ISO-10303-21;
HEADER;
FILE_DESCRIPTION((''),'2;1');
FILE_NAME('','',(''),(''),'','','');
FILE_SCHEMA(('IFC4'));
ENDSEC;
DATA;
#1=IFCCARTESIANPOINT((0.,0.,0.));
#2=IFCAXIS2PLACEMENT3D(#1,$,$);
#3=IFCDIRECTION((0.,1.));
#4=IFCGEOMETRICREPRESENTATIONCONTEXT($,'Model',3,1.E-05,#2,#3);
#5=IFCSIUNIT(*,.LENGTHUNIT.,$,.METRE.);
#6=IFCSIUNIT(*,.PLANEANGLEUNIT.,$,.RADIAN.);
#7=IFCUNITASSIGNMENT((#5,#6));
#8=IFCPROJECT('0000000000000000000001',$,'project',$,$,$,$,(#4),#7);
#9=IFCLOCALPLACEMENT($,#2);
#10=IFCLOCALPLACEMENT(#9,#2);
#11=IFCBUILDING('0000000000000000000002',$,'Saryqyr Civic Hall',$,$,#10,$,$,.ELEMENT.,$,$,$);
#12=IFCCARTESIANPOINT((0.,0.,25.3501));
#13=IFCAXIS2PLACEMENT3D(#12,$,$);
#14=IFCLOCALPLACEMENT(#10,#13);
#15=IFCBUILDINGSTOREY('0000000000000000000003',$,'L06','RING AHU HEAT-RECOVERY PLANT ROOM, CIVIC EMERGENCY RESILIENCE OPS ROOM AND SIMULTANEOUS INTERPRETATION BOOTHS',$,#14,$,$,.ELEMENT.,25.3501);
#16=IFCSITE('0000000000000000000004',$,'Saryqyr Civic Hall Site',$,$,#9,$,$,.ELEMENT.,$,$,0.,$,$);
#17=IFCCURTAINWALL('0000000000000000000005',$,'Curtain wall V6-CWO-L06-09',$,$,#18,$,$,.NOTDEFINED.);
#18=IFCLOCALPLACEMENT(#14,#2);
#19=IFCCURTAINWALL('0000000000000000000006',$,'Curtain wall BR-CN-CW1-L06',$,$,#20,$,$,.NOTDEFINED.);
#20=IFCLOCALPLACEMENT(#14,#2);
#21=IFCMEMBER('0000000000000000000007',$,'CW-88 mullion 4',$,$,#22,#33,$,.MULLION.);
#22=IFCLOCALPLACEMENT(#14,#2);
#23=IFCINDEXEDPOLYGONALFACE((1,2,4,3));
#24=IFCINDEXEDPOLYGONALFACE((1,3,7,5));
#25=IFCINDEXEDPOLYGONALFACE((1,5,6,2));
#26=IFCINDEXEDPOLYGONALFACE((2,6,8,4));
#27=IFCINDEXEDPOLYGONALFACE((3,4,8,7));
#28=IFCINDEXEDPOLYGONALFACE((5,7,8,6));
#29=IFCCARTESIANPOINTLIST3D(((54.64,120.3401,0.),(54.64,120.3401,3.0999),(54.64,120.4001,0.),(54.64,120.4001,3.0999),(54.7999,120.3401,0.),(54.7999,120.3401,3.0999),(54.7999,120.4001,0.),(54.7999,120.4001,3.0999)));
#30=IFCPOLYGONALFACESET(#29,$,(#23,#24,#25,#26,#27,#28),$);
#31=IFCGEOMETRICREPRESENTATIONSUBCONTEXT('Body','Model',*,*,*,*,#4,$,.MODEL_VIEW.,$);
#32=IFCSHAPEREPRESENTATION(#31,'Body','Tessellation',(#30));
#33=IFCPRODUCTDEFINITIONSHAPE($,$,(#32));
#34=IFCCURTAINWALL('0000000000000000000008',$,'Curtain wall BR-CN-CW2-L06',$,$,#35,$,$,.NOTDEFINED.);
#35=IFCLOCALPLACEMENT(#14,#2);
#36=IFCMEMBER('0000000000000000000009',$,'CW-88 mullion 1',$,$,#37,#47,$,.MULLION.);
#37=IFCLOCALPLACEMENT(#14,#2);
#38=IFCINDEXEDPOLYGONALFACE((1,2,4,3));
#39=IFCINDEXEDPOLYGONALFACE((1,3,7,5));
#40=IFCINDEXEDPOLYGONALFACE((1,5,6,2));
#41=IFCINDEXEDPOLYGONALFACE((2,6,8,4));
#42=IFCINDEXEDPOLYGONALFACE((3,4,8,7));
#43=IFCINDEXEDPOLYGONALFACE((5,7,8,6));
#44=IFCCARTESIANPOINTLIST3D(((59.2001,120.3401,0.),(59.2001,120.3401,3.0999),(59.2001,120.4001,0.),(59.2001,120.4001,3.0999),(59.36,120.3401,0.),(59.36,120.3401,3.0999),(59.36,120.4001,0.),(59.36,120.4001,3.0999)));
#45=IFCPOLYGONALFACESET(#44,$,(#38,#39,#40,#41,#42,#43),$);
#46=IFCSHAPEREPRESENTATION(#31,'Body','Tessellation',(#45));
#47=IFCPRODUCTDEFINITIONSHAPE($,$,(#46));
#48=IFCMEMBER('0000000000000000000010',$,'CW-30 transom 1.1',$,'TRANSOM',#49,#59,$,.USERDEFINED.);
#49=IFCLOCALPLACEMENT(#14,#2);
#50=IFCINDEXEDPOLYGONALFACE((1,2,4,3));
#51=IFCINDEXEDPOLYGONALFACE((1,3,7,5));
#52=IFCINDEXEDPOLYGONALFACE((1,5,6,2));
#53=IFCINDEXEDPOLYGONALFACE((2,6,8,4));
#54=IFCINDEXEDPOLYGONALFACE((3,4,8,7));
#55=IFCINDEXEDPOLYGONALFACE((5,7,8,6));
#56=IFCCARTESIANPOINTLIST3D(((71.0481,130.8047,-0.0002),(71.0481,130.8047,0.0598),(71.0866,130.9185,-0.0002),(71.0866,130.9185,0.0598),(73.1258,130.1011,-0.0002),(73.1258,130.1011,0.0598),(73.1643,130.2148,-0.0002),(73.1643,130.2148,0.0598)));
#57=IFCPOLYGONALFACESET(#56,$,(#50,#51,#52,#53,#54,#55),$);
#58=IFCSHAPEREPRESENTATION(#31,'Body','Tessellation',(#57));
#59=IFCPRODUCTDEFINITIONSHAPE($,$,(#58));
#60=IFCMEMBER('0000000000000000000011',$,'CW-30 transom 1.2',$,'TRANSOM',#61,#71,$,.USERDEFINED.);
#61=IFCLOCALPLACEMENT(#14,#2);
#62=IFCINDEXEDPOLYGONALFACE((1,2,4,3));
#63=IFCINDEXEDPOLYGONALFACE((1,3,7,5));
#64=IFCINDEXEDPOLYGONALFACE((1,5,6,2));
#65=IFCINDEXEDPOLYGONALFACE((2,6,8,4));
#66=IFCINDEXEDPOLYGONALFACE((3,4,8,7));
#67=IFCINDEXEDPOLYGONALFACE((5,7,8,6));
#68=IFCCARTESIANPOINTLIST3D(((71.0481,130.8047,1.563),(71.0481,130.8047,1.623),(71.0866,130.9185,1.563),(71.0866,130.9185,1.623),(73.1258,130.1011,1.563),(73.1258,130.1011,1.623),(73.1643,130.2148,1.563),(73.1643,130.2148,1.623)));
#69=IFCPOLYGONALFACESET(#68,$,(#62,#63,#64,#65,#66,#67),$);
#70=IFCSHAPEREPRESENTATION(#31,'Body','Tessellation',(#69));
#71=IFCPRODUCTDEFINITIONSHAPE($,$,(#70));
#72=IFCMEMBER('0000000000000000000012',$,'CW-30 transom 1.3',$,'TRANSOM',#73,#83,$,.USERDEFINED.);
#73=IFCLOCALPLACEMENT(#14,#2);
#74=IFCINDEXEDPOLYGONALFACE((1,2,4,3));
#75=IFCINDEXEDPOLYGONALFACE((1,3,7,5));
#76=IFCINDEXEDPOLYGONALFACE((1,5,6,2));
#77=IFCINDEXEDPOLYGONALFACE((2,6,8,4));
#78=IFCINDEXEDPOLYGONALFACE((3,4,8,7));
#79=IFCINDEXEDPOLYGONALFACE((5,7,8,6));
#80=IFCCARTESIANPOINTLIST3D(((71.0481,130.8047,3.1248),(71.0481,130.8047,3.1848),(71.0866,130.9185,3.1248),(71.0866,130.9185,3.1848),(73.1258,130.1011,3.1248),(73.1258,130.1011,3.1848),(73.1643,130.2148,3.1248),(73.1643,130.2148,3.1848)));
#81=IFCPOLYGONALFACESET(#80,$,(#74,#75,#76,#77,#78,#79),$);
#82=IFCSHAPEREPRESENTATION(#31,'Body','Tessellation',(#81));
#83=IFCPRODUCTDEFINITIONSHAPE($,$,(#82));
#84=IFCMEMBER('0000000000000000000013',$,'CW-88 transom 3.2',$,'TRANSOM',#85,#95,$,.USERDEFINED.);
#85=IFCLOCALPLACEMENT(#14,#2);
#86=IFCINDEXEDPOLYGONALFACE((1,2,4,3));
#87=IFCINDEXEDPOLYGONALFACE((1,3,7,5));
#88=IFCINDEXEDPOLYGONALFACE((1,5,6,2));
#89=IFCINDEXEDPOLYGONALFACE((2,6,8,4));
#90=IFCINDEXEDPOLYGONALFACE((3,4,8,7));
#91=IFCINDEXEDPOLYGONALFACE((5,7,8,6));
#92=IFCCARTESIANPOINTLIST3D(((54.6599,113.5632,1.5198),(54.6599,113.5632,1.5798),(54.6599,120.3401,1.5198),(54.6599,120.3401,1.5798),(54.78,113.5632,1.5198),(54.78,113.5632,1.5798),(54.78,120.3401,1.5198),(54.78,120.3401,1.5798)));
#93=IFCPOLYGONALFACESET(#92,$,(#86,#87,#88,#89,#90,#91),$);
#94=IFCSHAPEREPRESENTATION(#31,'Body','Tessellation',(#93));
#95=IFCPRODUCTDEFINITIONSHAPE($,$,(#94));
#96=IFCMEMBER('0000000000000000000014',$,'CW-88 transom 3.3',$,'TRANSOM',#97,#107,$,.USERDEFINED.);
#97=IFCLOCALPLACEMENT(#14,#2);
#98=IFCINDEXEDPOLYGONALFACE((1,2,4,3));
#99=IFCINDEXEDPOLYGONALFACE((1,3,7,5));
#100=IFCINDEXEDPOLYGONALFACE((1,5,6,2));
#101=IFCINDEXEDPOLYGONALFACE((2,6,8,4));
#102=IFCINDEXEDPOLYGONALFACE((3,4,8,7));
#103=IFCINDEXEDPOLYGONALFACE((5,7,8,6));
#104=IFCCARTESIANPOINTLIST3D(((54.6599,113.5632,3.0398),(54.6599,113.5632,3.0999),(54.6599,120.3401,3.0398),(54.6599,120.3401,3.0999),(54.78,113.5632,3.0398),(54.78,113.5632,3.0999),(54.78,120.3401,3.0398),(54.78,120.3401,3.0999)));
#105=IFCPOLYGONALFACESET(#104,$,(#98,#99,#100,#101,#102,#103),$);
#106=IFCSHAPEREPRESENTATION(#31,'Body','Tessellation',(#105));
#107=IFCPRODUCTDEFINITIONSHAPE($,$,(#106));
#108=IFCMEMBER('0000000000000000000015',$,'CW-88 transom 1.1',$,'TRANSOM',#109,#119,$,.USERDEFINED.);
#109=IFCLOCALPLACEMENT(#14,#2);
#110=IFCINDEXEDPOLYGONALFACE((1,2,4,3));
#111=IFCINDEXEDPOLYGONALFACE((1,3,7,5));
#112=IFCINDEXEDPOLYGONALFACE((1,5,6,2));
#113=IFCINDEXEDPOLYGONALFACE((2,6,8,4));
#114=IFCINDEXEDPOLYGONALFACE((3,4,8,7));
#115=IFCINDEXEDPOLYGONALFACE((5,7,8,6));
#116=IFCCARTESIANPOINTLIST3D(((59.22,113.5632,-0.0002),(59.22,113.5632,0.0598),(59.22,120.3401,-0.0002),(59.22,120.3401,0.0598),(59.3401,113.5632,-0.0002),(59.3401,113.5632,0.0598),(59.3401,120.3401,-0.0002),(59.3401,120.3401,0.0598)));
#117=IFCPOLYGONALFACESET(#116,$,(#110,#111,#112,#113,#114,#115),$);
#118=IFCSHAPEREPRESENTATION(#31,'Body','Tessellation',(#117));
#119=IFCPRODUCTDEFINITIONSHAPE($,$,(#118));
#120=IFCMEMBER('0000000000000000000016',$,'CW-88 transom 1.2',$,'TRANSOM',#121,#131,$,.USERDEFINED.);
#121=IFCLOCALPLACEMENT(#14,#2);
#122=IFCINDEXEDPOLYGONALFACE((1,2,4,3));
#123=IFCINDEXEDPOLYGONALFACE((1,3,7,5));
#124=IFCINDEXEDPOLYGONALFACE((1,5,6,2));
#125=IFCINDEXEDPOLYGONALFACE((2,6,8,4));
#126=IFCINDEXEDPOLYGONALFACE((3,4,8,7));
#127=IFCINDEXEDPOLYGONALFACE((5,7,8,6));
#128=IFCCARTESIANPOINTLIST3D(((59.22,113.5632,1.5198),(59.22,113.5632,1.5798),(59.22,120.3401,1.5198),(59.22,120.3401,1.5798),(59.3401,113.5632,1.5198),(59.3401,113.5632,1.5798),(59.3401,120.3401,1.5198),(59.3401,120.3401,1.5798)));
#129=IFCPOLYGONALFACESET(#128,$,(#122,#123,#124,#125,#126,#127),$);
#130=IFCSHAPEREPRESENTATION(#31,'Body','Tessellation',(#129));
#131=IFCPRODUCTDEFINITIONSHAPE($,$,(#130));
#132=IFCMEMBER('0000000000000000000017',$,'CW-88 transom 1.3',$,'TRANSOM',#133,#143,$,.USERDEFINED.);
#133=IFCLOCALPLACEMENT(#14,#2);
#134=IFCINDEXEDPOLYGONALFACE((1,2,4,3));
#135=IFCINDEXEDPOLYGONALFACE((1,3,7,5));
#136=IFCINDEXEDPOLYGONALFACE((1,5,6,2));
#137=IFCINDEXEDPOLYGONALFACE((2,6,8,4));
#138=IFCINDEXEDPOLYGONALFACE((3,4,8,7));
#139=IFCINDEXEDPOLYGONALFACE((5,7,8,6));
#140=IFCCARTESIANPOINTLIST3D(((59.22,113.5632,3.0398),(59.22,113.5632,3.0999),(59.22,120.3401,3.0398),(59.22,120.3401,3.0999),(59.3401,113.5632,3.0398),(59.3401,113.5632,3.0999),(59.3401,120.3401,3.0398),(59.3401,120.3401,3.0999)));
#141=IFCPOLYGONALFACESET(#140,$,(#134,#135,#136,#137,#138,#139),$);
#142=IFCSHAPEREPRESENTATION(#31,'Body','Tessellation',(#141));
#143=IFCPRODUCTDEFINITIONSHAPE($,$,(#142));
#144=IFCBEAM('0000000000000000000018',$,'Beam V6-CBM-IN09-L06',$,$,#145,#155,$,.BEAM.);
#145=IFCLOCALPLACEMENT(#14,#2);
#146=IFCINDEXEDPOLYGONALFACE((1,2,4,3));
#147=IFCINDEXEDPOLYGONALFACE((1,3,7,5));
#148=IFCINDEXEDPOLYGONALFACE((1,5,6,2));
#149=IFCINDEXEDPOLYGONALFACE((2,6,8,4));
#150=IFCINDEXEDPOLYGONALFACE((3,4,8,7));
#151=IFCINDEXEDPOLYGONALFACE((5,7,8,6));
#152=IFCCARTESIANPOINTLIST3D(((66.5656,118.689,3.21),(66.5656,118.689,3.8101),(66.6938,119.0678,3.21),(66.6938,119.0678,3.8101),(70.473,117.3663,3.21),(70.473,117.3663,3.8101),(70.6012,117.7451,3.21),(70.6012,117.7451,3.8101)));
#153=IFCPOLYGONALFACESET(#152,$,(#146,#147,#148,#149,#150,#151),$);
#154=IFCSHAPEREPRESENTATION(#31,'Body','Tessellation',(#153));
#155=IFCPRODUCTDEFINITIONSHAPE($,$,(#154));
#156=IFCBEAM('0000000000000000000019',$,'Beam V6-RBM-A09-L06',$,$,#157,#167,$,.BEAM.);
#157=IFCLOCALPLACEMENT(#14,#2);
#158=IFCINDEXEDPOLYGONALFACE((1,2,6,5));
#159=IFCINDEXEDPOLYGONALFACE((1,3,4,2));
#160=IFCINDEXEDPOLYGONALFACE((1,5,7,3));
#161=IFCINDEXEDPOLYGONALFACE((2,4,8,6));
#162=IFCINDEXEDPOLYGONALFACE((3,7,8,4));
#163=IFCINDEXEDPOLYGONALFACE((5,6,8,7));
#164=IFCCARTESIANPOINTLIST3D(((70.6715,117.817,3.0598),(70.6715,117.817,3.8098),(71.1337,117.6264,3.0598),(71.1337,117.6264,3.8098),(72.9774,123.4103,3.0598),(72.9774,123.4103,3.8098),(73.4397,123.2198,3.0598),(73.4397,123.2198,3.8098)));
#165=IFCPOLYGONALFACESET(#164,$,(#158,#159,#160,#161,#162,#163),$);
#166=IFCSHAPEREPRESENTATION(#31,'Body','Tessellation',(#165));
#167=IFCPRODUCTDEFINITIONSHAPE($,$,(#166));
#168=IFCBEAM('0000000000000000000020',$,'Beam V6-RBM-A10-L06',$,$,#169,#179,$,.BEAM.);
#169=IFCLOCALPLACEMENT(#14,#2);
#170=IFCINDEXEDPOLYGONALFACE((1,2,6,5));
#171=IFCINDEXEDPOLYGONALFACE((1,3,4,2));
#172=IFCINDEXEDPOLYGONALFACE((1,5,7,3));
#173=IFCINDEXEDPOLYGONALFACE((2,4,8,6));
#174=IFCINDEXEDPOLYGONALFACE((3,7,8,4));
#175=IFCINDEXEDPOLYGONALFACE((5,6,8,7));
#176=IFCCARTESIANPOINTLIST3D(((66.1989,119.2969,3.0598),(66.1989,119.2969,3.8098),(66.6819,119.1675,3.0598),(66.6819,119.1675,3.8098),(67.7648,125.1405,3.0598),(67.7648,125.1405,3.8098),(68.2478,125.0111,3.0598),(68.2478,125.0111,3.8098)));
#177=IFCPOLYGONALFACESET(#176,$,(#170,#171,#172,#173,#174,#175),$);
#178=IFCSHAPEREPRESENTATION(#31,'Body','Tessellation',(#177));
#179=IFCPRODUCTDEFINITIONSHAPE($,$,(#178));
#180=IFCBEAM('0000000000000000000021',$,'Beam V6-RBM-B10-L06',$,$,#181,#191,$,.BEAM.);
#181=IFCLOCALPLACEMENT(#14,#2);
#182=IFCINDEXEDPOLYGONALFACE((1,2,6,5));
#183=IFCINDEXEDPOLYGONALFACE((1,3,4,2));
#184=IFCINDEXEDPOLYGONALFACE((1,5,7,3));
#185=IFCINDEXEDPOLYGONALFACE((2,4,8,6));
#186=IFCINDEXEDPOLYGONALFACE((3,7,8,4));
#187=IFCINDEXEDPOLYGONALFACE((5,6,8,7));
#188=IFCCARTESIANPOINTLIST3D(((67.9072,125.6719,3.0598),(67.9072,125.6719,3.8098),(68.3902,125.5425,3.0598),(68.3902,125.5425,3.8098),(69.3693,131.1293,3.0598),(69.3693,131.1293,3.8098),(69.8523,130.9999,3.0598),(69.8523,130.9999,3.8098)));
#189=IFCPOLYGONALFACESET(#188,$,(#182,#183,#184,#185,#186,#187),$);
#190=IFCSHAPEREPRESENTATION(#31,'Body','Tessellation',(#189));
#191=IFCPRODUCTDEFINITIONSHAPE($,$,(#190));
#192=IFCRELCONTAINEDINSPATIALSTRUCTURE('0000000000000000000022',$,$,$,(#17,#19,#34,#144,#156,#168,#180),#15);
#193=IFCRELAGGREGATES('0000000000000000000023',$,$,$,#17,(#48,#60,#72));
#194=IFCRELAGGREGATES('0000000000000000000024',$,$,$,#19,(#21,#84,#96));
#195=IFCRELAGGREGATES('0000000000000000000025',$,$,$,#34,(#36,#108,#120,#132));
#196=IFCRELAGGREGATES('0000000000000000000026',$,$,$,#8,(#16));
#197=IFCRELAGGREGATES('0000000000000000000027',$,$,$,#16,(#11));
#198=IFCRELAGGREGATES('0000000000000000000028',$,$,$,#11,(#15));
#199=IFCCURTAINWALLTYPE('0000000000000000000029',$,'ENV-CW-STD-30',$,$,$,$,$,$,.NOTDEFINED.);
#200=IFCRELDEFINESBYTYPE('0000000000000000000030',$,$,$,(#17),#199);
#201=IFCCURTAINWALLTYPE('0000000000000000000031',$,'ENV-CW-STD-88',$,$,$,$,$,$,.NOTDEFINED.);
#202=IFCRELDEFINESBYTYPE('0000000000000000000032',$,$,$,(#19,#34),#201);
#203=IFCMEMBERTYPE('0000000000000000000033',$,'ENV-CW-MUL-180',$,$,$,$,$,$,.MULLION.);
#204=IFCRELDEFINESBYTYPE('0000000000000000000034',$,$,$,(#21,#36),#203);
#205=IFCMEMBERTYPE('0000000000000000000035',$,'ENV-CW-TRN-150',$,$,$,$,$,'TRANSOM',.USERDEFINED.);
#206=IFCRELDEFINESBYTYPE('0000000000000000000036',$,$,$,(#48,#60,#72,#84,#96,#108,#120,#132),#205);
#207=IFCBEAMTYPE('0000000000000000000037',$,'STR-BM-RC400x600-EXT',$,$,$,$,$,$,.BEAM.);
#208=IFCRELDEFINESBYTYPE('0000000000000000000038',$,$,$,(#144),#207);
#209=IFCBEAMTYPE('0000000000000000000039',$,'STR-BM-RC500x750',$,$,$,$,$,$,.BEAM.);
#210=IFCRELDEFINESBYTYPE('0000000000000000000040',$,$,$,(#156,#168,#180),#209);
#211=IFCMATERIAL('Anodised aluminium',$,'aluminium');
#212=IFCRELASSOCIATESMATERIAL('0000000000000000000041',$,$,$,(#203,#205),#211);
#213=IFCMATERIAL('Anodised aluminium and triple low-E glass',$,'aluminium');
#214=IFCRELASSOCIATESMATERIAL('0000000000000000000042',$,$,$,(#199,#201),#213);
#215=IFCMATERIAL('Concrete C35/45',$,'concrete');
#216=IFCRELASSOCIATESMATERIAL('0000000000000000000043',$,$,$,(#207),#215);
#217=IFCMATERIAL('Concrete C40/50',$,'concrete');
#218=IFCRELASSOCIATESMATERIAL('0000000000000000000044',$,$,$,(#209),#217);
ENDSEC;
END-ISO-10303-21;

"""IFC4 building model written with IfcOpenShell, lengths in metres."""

from ifc_helpers import new_model, si_unit, direction, frame, origin, origin_2d, place, context, subcontext, project, spatial, rectangle, extrude, material, material_profile, profile_set, type_object, element, aggregate, save


model = new_model("IFC4")

# Units and contexts
model_context = context("Model", 3, precision=1e-05, world=origin(), true_north=direction((0.0, 1.0)))
body_context = subcontext(model_context, "Body", "Model", "MODEL_VIEW")
ifc_project = project(units=[si_unit("LENGTHUNIT", "METRE"), si_unit("PLANEANGLEUNIT", "RADIAN")], contexts=[model_context])

# Site, building, storey
site_placement = place(None, origin())
site = spatial("IfcSite", under=ifc_project, at=site_placement, Name="Saryqyr Civic Hall Site", CompositionType="ELEMENT", RefElevation=0.0)
building_placement = place(site_placement, origin())
building = spatial("IfcBuilding", under=site, at=building_placement, Name="Saryqyr Civic Hall", CompositionType="ELEMENT")
storey_placement = place(building_placement, frame((0.0, 0.0, 25.3501)))
storey = spatial("IfcBuildingStorey", under=building, at=storey_placement, Name="L06", Description="RING AHU HEAT-RECOVERY PLANT ROOM, CIVIC EMERGENCY RESILIENCE OPS ROOM AND SIMULTANEOUS INTERPRETATION BOOTHS", CompositionType="ELEMENT", Elevation=25.3501)

# Shared definitions
ifc_material_1 = material(Name="Concrete C40/50", Category="concrete")

# Curtain walls, members
ifc_material_2 = material(Name="Anodised aluminium and triple low-E glass", Category="aluminium")
ifc_material_3 = material(Name="Anodised aluminium", Category="aluminium")
ifc_material_profile_1 = material_profile(ifc_material_3, rectangle(XDim=0.0601, YDim=0.1599, at=origin_2d()), Name="ALU MULLION 60x160")
ifc_profile_set_1 = profile_set([ifc_material_profile_1], Name="Anodised aluminium")
member_type_1 = type_object("IfcMemberType", Name="ENV-CW-MUL-180", PredefinedType="MULLION", material=ifc_profile_set_1)
curtain_wall_type_1 = type_object("IfcCurtainWallType", Name="ENV-CW-STD-30", PredefinedType="NOTDEFINED", material=ifc_material_2)
curtain_wall_1_placement = place(storey_placement, origin())
curtain_wall_1 = element("IfcCurtainWall", 1, at=curtain_wall_1_placement, inside=storey, type_object=curtain_wall_type_1, Name="Curtain wall V6-CWO-L06-09", PredefinedType="NOTDEFINED")
curtain_wall_type_2 = type_object("IfcCurtainWallType", Name="ENV-CW-STD-88", PredefinedType="NOTDEFINED", material=ifc_material_2)
curtain_wall_2_placement = place(storey_placement, origin())
curtain_wall_2 = element("IfcCurtainWall", 2, at=curtain_wall_2_placement, inside=storey, type_object=curtain_wall_type_2, Name="Curtain wall BR-CN-CW1-L06", PredefinedType="NOTDEFINED")
member_1_placement = place(storey_placement, frame((54.72, 120.3701, 0.0), z_axis=(0.0, 0.0, 1.0), x_axis=(0.0, 1.0, 0.0)))
member_1 = element("IfcMember", 3, at=member_1_placement, type_object=member_type_1, Name="CW-88 mullion 4", PredefinedType="MULLION", context=body_context, shape_type="SweptSolid", body=[
    extrude(rectangle(XDim=0.0601, YDim=0.1599, at=origin_2d()), origin(), (0.0, 0.0, 1.0), 3.0999),
])
curtain_wall_3_placement = place(storey_placement, origin())
curtain_wall_3 = element("IfcCurtainWall", 4, at=curtain_wall_3_placement, inside=storey, type_object=curtain_wall_type_2, Name="Curtain wall BR-CN-CW2-L06", PredefinedType="NOTDEFINED")
member_2_placement = place(storey_placement, frame((59.28, 120.3701, 0.0), z_axis=(0.0, 0.0, 1.0), x_axis=(0.0, -1.0, 0.0)))
member_2 = element("IfcMember", 5, at=member_2_placement, type_object=member_type_1, Name="CW-88 mullion 1", PredefinedType="MULLION", context=body_context, shape_type="SweptSolid", body=[
    extrude(rectangle(XDim=0.0601, YDim=0.1599, at=origin_2d()), origin(), (0.0, 0.0, 1.0), 3.0999),
])

# Members
ifc_material_profile_2 = material_profile(ifc_material_3, rectangle(XDim=0.1201, YDim=0.0601, at=origin_2d()), Name="ALU TRANSOM 120x60")
ifc_profile_set_2 = profile_set([ifc_material_profile_2], Name="Anodised aluminium")
member_type_2 = type_object("IfcMemberType", Name="ENV-CW-TRN-150", ElementType="TRANSOM", PredefinedType="USERDEFINED", material=ifc_profile_set_2)
member_3_placement = place(storey_placement, frame((71.0674, 130.8616, 0.0298), z_axis=(0.947159, -0.320765, 0.0), x_axis=(0.320765, 0.947159, 0.0)))
member_3 = element("IfcMember", 6, at=member_3_placement, type_object=member_type_2, Name="CW-30 transom 1.1", ObjectType="TRANSOM", PredefinedType="USERDEFINED", context=body_context, shape_type="SweptSolid", body=[
    extrude(rectangle(XDim=0.1201, YDim=0.0601, at=origin_2d()), origin(), (0.0, 0.0, 1.0), 2.1936),
])
member_4_placement = place(storey_placement, frame((71.0674, 130.8616, 1.593), z_axis=(0.947159, -0.320765, 0.0), x_axis=(0.320765, 0.947159, 0.0)))
member_4 = element("IfcMember", 7, at=member_4_placement, type_object=member_type_2, Name="CW-30 transom 1.2", ObjectType="TRANSOM", PredefinedType="USERDEFINED", context=body_context, shape_type="SweptSolid", body=[
    extrude(rectangle(XDim=0.1201, YDim=0.0601, at=origin_2d()), origin(), (0.0, 0.0, 1.0), 2.1936),
])
member_5_placement = place(storey_placement, frame((71.0674, 130.8616, 3.1548), z_axis=(0.947159, -0.320765, 0.0), x_axis=(0.320765, 0.947159, 0.0)))
member_5 = element("IfcMember", 8, at=member_5_placement, type_object=member_type_2, Name="CW-30 transom 1.3", ObjectType="TRANSOM", PredefinedType="USERDEFINED", context=body_context, shape_type="SweptSolid", body=[
    extrude(rectangle(XDim=0.1201, YDim=0.0601, at=origin_2d()), origin(), (0.0, 0.0, 1.0), 2.1936),
])
aggregate(curtain_wall_1, [member_3, member_4, member_5])
member_6_placement = place(storey_placement, frame((54.72, 113.5632, 1.5498), z_axis=(0.0, 1.0, 0.0), x_axis=(-1.0, 0.0, 0.0)))
member_6 = element("IfcMember", 9, at=member_6_placement, type_object=member_type_2, Name="CW-88 transom 3.2", ObjectType="TRANSOM", PredefinedType="USERDEFINED", context=body_context, shape_type="SweptSolid", body=[
    extrude(rectangle(XDim=0.1201, YDim=0.0601, at=origin_2d()), origin(), (0.0, 0.0, 1.0), 6.7769),
])
member_7_placement = place(storey_placement, frame((54.72, 113.5632, 3.0698), z_axis=(0.0, 1.0, 0.0), x_axis=(-1.0, 0.0, 0.0)))
member_7 = element("IfcMember", 10, at=member_7_placement, type_object=member_type_2, Name="CW-88 transom 3.3", ObjectType="TRANSOM", PredefinedType="USERDEFINED", context=body_context, shape_type="SweptSolid", body=[
    extrude(rectangle(XDim=0.1201, YDim=0.0601, at=origin_2d()), origin(), (0.0, 0.0, 1.0), 6.7769),
])
member_8_placement = place(storey_placement, frame((59.28, 120.3401, 0.0298), z_axis=(0.0, -1.0, 0.0), x_axis=(1.0, 0.0, 0.0)))
member_8 = element("IfcMember", 11, at=member_8_placement, type_object=member_type_2, Name="CW-88 transom 1.1", ObjectType="TRANSOM", PredefinedType="USERDEFINED", context=body_context, shape_type="SweptSolid", body=[
    extrude(rectangle(XDim=0.1201, YDim=0.0601, at=origin_2d()), origin(), (0.0, 0.0, 1.0), 6.7769),
])
member_9_placement = place(storey_placement, frame((59.28, 120.3401, 1.5498), z_axis=(0.0, -1.0, 0.0), x_axis=(1.0, 0.0, 0.0)))
member_9 = element("IfcMember", 12, at=member_9_placement, type_object=member_type_2, Name="CW-88 transom 1.2", ObjectType="TRANSOM", PredefinedType="USERDEFINED", context=body_context, shape_type="SweptSolid", body=[
    extrude(rectangle(XDim=0.1201, YDim=0.0601, at=origin_2d()), origin(), (0.0, 0.0, 1.0), 6.7769),
])
member_10_placement = place(storey_placement, frame((59.28, 120.3401, 3.0698), z_axis=(0.0, -1.0, 0.0), x_axis=(1.0, 0.0, 0.0)))
member_10 = element("IfcMember", 13, at=member_10_placement, type_object=member_type_2, Name="CW-88 transom 1.3", ObjectType="TRANSOM", PredefinedType="USERDEFINED", context=body_context, shape_type="SweptSolid", body=[
    extrude(rectangle(XDim=0.1201, YDim=0.0601, at=origin_2d()), origin(), (0.0, 0.0, 1.0), 6.7769),
])

# Beams
ifc_material_4 = material(Name="Concrete C35/45", Category="concrete")
ifc_material_profile_3 = material_profile(ifc_material_4, rectangle(XDim=0.3999, YDim=0.6001, at=origin_2d()), Name="RC 400x600")
ifc_profile_set_3 = profile_set([ifc_material_profile_3], Name="Concrete C35/45")
beam_type_1 = type_object("IfcBeamType", Name="STR-BM-RC400x600-EXT", PredefinedType="BEAM", material=ifc_profile_set_3)
beam_1_placement = place(storey_placement, frame((70.5371, 117.5557, 3.51), z_axis=(-0.947199, 0.320645, 0.0), x_axis=(-0.320645, -0.947199, 0.0)))
element("IfcBeam", 14, at=beam_1_placement, inside=storey, type_object=beam_type_1, Name="Beam V6-CBM-IN09-L06", PredefinedType="BEAM", context=body_context, shape_type="SweptSolid", body=[
    extrude(rectangle(XDim=0.3999, YDim=0.6001, at=origin_2d()), origin(), (0.0, 0.0, 1.0), 4.1252),
])
ifc_material_profile_4 = material_profile(ifc_material_1, rectangle(XDim=0.5, YDim=0.75, at=origin_2d()), Name="RC 500x750")
ifc_profile_set_4 = profile_set([ifc_material_profile_4], Name="Concrete C40/50")
beam_type_2 = type_object("IfcBeamType", Name="STR-BM-RC500x750", PredefinedType="BEAM", material=ifc_profile_set_4)
beam_2_placement = place(storey_placement, frame((70.9026, 117.7217, 3.4348), z_axis=(0.381146, 0.924515, 0.0), x_axis=(-0.924515, 0.381146, 0.0)))
element("IfcBeam", 15, at=beam_2_placement, inside=storey, type_object=beam_type_2, Name="Beam V6-RBM-A09-L06", PredefinedType="BEAM", context=body_context, shape_type="SweptSolid", body=[
    extrude(rectangle(XDim=0.5, YDim=0.75, at=origin_2d()), origin(), (0.0, 0.0, 1.0), 6.05),
])
beam_3_placement = place(storey_placement, frame((66.4404, 119.2322, 3.4348), z_axis=(0.258833, 0.965922, 0.0), x_axis=(-0.965922, 0.258833, 0.0)))
element("IfcBeam", 16, at=beam_3_placement, inside=storey, type_object=beam_type_2, Name="Beam V6-RBM-A10-L06", PredefinedType="BEAM", context=body_context, shape_type="SweptSolid", body=[
    extrude(rectangle(XDim=0.5, YDim=0.75, at=origin_2d()), origin(), (0.0, 0.0, 1.0), 6.0498),
])
beam_4_placement = place(storey_placement, frame((68.1487, 125.6072, 3.4348), z_axis=(0.258789, 0.965934, 0.0), x_axis=(-0.965934, 0.258789, 0.0)))
element("IfcBeam", 17, at=beam_4_placement, inside=storey, type_object=beam_type_2, Name="Beam V6-RBM-B10-L06", PredefinedType="BEAM", context=body_context, shape_type="SweptSolid", body=[
    extrude(rectangle(XDim=0.5, YDim=0.75, at=origin_2d()), origin(), (0.0, 0.0, 1.0), 5.6499),
])

aggregate(curtain_wall_2, [member_1, member_6, member_7])
aggregate(curtain_wall_3, [member_2, member_8, member_9, member_10])

save(model, "model.ifc")
